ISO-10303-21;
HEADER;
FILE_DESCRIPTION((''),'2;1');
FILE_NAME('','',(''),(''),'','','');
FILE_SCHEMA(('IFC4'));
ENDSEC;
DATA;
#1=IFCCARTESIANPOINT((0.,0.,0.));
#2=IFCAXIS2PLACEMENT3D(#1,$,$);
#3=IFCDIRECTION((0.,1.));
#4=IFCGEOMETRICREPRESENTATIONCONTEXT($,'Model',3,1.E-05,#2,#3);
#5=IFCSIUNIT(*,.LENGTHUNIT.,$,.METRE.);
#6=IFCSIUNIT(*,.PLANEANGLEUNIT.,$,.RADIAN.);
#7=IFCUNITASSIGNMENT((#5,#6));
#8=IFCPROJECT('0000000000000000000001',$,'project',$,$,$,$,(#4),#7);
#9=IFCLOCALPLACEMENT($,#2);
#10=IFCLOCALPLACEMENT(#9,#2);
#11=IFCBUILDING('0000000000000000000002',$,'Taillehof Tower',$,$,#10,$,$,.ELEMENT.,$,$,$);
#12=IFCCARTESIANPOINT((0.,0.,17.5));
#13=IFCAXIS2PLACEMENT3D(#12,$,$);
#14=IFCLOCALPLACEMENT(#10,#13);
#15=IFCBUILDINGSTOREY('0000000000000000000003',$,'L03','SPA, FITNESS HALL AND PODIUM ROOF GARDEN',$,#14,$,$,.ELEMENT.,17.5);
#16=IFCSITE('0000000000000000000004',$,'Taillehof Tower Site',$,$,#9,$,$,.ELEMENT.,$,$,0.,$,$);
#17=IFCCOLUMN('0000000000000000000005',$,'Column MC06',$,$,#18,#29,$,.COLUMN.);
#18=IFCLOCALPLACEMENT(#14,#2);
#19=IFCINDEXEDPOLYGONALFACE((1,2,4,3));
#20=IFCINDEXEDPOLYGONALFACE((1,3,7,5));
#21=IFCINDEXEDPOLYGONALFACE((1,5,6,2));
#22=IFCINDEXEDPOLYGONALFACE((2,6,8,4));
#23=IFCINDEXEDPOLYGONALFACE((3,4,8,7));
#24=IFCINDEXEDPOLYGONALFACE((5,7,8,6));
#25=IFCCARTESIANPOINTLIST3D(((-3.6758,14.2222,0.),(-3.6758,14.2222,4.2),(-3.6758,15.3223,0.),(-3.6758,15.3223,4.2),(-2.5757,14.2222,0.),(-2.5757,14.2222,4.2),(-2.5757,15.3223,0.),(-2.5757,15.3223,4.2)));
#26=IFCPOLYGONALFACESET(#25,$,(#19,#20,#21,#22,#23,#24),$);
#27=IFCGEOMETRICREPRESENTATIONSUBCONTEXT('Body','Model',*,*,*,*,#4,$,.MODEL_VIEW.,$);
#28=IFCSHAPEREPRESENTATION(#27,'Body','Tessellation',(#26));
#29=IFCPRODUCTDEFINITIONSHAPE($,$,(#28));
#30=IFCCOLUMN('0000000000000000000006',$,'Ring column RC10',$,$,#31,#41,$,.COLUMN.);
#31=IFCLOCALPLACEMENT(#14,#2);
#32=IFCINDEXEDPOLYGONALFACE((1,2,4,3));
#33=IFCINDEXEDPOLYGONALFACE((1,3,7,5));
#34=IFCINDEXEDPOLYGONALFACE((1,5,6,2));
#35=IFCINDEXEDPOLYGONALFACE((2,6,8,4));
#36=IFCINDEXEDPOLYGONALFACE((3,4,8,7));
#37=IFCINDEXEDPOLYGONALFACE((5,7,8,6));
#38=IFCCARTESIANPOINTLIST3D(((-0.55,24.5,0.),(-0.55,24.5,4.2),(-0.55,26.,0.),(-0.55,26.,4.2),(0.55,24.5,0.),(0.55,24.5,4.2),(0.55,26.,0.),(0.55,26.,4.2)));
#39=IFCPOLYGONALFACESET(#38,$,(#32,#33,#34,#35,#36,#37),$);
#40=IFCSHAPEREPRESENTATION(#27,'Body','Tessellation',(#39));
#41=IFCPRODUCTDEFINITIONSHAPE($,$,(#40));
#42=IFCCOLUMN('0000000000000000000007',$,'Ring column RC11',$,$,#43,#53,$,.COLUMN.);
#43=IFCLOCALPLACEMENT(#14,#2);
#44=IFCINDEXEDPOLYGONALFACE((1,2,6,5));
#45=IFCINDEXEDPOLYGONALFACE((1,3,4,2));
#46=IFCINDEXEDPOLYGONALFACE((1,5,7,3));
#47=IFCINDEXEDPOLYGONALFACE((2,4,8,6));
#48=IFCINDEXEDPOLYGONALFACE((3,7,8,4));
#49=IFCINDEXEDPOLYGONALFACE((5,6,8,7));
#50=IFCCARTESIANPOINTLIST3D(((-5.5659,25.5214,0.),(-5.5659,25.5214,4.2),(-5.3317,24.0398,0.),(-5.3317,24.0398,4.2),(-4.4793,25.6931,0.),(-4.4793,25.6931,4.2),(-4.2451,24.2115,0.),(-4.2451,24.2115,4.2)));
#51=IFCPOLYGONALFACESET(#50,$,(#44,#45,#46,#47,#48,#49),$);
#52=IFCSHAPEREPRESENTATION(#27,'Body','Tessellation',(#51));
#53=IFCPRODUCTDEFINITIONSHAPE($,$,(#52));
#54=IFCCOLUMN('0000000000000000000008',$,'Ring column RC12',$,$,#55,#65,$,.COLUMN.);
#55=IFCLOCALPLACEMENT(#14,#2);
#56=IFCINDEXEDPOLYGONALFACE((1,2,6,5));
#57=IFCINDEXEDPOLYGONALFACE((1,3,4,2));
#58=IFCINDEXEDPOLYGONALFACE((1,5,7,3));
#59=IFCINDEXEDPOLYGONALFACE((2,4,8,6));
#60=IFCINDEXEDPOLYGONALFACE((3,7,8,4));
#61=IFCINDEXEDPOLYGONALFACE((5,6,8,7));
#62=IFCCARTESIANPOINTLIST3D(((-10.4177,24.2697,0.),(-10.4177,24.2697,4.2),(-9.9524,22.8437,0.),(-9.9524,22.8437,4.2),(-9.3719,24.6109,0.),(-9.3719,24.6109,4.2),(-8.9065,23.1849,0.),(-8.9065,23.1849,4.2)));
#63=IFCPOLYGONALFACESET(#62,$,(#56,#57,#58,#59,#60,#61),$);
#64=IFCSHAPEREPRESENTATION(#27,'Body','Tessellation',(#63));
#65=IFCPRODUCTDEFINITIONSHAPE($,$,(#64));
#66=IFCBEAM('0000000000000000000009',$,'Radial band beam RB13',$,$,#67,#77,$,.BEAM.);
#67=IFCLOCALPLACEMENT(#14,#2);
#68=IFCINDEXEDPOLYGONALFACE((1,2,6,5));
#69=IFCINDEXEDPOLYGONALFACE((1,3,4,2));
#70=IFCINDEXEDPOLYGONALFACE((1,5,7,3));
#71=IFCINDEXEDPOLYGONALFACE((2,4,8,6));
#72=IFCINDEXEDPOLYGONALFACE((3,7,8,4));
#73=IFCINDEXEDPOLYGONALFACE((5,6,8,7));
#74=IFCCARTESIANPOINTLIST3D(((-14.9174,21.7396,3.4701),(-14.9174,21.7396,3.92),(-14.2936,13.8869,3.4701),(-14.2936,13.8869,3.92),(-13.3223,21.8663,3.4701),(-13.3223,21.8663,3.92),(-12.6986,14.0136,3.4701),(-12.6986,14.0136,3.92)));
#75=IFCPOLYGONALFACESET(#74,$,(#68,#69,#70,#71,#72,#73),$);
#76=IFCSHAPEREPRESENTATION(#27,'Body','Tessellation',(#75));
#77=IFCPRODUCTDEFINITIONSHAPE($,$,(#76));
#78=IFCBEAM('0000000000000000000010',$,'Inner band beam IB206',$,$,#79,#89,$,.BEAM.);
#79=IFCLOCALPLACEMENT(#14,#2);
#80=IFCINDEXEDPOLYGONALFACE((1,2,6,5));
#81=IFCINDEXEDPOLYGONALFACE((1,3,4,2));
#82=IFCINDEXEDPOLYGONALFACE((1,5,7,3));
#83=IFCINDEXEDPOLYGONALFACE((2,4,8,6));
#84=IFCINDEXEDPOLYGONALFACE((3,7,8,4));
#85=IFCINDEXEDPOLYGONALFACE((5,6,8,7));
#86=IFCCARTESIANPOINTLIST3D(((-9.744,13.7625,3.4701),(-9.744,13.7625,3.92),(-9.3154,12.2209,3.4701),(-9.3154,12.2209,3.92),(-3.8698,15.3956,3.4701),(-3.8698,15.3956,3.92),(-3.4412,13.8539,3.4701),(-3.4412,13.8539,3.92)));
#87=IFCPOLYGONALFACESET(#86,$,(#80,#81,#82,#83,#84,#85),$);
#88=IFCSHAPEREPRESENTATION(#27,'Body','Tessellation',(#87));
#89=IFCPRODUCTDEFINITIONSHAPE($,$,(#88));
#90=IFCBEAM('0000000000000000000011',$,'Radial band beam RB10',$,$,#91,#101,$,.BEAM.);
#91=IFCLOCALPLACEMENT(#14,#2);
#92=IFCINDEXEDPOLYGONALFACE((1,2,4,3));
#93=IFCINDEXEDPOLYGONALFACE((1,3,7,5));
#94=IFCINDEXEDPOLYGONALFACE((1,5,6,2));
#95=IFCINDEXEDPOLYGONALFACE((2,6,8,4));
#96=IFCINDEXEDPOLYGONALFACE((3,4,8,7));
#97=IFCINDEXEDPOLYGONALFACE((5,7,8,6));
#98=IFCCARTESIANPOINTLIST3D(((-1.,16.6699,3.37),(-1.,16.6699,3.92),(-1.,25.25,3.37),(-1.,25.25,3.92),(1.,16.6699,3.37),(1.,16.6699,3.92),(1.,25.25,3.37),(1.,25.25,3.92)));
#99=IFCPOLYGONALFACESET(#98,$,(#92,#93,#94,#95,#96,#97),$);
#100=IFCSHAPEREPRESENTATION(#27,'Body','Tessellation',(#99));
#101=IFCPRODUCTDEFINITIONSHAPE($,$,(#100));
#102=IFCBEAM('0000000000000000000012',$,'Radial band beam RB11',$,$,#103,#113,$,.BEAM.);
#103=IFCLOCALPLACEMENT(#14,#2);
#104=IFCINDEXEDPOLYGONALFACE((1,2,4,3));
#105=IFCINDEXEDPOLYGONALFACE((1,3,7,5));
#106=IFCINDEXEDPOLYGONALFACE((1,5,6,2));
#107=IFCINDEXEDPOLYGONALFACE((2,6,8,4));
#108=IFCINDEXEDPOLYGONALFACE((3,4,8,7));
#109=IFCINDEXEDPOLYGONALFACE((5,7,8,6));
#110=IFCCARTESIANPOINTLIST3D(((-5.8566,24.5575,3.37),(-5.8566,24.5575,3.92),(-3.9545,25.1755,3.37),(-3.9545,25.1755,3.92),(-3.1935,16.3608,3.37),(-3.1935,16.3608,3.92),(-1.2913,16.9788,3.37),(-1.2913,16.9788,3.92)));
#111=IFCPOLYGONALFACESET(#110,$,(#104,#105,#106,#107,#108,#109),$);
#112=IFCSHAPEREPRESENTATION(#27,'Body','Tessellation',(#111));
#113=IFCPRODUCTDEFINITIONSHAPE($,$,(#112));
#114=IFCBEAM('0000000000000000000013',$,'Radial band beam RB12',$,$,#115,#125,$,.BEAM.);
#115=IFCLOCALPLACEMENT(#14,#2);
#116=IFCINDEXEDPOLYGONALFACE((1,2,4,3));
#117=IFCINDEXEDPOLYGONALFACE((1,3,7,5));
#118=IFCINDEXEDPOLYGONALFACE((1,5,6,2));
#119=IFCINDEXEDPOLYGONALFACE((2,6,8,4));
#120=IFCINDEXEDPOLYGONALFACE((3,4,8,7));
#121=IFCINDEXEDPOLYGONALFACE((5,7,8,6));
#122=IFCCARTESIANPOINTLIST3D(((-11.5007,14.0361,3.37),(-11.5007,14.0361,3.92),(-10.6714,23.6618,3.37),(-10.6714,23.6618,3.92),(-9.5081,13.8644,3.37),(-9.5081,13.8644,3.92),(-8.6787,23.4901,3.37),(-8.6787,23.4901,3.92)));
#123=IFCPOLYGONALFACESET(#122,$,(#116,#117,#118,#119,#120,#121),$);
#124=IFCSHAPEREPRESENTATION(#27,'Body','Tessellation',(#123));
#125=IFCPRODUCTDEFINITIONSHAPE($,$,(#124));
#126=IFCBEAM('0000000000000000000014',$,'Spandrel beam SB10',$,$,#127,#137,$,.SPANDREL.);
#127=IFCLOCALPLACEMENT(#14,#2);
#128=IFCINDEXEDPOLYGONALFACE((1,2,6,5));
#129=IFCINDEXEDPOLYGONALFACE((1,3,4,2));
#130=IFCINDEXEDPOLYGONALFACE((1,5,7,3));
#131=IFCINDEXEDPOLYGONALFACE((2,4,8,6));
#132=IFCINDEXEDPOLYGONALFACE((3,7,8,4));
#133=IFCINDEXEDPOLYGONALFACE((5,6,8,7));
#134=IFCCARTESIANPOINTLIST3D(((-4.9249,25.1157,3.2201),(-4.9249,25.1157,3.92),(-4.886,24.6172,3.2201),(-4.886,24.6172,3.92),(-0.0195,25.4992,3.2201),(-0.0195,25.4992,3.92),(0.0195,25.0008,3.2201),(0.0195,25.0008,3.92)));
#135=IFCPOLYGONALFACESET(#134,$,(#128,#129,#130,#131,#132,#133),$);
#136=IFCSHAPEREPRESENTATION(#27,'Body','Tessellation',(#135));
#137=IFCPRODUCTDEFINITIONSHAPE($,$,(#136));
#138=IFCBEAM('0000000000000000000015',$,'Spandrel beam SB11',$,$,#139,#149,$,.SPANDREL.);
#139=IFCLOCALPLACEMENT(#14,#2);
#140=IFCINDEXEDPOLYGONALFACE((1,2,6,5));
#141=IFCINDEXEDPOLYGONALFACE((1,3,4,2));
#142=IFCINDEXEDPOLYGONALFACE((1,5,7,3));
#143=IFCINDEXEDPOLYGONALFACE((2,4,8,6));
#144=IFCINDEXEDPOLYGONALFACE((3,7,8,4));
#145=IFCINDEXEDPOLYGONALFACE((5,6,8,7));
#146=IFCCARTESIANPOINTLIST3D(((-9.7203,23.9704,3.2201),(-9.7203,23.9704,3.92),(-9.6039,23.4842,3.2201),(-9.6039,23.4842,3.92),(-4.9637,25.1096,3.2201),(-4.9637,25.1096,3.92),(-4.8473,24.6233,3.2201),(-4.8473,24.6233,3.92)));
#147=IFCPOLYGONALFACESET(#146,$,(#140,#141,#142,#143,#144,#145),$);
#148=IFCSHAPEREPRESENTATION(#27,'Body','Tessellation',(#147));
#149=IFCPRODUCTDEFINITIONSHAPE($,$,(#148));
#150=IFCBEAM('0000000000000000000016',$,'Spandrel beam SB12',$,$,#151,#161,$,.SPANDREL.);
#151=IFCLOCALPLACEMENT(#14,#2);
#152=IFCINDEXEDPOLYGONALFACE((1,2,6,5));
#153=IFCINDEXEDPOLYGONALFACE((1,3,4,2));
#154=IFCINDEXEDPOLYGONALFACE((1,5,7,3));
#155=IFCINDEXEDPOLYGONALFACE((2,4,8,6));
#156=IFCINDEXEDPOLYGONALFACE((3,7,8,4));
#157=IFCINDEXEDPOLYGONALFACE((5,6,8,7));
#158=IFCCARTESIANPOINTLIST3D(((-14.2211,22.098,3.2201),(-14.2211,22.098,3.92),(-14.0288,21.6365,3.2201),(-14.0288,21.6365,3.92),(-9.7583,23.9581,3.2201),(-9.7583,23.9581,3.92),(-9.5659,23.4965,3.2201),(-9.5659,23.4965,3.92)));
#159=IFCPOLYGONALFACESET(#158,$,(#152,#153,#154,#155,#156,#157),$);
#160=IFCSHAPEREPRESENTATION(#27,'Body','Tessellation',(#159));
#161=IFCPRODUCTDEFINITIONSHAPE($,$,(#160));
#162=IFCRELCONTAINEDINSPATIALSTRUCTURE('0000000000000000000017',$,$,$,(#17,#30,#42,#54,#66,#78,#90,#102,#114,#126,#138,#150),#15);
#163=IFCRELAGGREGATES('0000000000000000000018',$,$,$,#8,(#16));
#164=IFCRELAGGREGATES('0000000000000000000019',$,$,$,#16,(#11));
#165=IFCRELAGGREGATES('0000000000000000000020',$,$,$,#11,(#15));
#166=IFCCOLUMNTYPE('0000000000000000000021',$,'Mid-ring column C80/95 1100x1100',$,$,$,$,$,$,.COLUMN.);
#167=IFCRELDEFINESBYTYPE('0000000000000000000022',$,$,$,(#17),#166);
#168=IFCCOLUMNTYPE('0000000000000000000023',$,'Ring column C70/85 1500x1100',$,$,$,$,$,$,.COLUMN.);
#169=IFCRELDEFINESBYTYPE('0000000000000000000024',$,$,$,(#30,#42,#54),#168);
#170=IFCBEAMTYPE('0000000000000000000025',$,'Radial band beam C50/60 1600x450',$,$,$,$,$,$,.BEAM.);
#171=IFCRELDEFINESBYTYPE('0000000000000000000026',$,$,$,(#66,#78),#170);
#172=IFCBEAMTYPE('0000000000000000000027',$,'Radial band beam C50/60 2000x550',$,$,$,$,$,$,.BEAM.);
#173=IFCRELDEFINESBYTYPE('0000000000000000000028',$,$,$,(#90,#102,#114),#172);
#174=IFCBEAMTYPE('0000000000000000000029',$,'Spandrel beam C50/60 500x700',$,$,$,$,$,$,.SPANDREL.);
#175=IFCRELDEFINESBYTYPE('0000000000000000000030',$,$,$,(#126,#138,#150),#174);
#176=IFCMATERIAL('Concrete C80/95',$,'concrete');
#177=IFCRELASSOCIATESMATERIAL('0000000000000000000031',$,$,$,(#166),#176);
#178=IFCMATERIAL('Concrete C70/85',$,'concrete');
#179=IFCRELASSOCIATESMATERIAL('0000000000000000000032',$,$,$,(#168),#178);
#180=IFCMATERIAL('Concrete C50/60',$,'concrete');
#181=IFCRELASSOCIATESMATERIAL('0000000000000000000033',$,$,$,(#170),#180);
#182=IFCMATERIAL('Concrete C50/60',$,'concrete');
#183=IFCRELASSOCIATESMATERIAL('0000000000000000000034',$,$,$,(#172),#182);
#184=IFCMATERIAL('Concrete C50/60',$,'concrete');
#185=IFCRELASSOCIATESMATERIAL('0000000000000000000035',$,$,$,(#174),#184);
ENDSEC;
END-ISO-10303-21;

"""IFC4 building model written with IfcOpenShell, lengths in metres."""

from ifc_helpers import new_model, si_unit, direction, frame, origin, origin_2d, place, context, subcontext, project, spatial, rectangle, extrude, material, material_profile, profile_set, type_object, element, save


model = new_model("IFC4")

# Units and contexts
model_context = context("Model", 3, precision=1e-05, world=origin(), true_north=direction((0.0, 1.0)))
body_context = subcontext(model_context, "Body", "Model", "MODEL_VIEW")
ifc_project = project(units=[si_unit("LENGTHUNIT", "METRE"), si_unit("PLANEANGLEUNIT", "RADIAN")], contexts=[model_context])

# Site, building, storey
site_placement = place(None, origin())
site = spatial("IfcSite", under=ifc_project, at=site_placement, Name="Taillehof Tower Site", CompositionType="ELEMENT", RefElevation=0.0)
building_placement = place(site_placement, origin())
building = spatial("IfcBuilding", under=site, at=building_placement, Name="Taillehof Tower", CompositionType="ELEMENT")
storey_placement = place(building_placement, frame((0.0, 0.0, 17.5)))
storey = spatial("IfcBuildingStorey", under=building, at=storey_placement, Name="L03", Description="SPA, FITNESS HALL AND PODIUM ROOF GARDEN", CompositionType="ELEMENT", Elevation=17.5)

# Columns
ifc_material_1 = material(Name="Concrete C80/95", Category="concrete")
ifc_material_profile_1 = material_profile(ifc_material_1, rectangle(XDim=1.1001, YDim=1.1001, at=origin_2d()), Name="RC 1100x1100")
ifc_profile_set_1 = profile_set([ifc_material_profile_1], Name="Concrete C80/95")
column_type_1 = type_object("IfcColumnType", Name="Mid-ring column C80/95 1100x1100", PredefinedType="COLUMN", material=ifc_profile_set_1)
column_placement = place(storey_placement, frame((-3.1257, 14.7722, 0.0), z_axis=(0.0, 0.0, 1.0), x_axis=(1.0, 0.0, 0.0)))
element("IfcColumn", 1, at=column_placement, inside=storey, type_object=column_type_1, Name="Column MC06", PredefinedType="COLUMN", context=body_context, shape_type="SweptSolid", body=[
    extrude(rectangle(XDim=1.1001, YDim=1.1001, at=origin_2d()), origin(), (0.0, 0.0, 1.0), 4.2),
])
ifc_material_2 = material(Name="Concrete C70/85", Category="concrete")
ifc_material_profile_2 = material_profile(ifc_material_2, rectangle(XDim=1.5, YDim=1.1001, at=origin_2d()), Name="RC 1500x1100")
ifc_profile_set_2 = profile_set([ifc_material_profile_2], Name="Concrete C70/85")
column_type_2 = type_object("IfcColumnType", Name="Ring column C70/85 1500x1100", PredefinedType="COLUMN", material=ifc_profile_set_2)
for number, where, z_axis, x_axis, name in (
    (2, (0.0, 25.25, 0.0), (0.0, 0.0, 1.0), (0.0, 1.0, 0.0), "Ring column RC10"),
    (3, (-4.9055, 24.8665, 0.0), (0.0, 0.0, 1.0), (-0.156147, 0.987734, 0.0), "Ring column RC11"),
    (4, (-9.6621, 23.7273, 0.0), (0.0, 0.0, 1.0), (-0.310219, 0.950665, 0.0), "Ring column RC12"),
):
    element("IfcColumn", number, at=place(storey_placement, frame(where, z_axis=z_axis, x_axis=x_axis)), inside=storey, type_object=column_type_2, Name=name, PredefinedType="COLUMN", context=body_context, shape_type="SweptSolid", body=[
        extrude(rectangle(XDim=1.5, YDim=1.1001, at=origin_2d()), origin(), (0.0, 0.0, 1.0), 4.2),
    ])

# Beams
ifc_material_3 = material(Name="Concrete C50/60", Category="concrete")
ifc_material_profile_3 = material_profile(ifc_material_3, rectangle(XDim=1.6001, YDim=0.45, at=origin_2d()), Name="RC 1600x450")
ifc_profile_set_3 = profile_set([ifc_material_profile_3], Name="Concrete C50/60")
beam_type_1 = type_object("IfcBeamType", Name="Radial band beam C50/60 1600x450", PredefinedType="BEAM", material=ifc_profile_set_3)
beam_1_placement = place(storey_placement, frame((-14.1199, 21.803, 3.6951), z_axis=(0.079185, -0.99686, 0.0), x_axis=(0.99686, 0.079185, 0.0)))
element("IfcBeam", 5, at=beam_1_placement, inside=storey, type_object=beam_type_1, Name="Radial band beam RB13", PredefinedType="BEAM", context=body_context, shape_type="SweptSolid", body=[
    extrude(rectangle(XDim=1.6001, YDim=0.45, at=origin_2d()), origin(), (0.0, 0.0, 1.0), 7.8774),
])
beam_2_placement = place(storey_placement, frame((-3.6555, 14.6248, 3.6951), z_axis=(-0.963459, -0.267855, 0.0), x_axis=(0.267855, -0.963459, 0.0)))
element("IfcBeam", 6, at=beam_2_placement, inside=storey, type_object=beam_type_1, Name="Inner band beam IB206", PredefinedType="BEAM", context=body_context, shape_type="SweptSolid", body=[
    extrude(rectangle(XDim=1.6001, YDim=0.45, at=origin_2d()), origin(), (0.0, 0.0, 1.0), 6.0969),
])
ifc_material_4 = material(Name="Concrete C50/60", Category="concrete")
ifc_material_profile_4 = material_profile(ifc_material_4, rectangle(XDim=2.0, YDim=0.55, at=origin_2d()), Name="RC 2000x550")
ifc_profile_set_4 = profile_set([ifc_material_profile_4], Name="Concrete C50/60")
beam_type_2 = type_object("IfcBeamType", Name="Radial band beam C50/60 2000x550", PredefinedType="BEAM", material=ifc_profile_set_4)
beam_3_placement = place(storey_placement, frame((0.0, 25.25, 3.645), z_axis=(0.0, -1.0, 0.0), x_axis=(1.0, 0.0, 0.0)))
element("IfcBeam", 7, at=beam_3_placement, inside=storey, type_object=beam_type_2, Name="Radial band beam RB10", PredefinedType="BEAM", context=body_context, shape_type="SweptSolid", body=[
    extrude(rectangle(XDim=2.0, YDim=0.55, at=origin_2d()), origin(), (0.0, 0.0, 1.0), 8.5801),
])
beam_4_placement = place(storey_placement, frame((-4.9055, 24.8665, 3.645), z_axis=(0.309003, -0.951061, 0.0), x_axis=(0.951061, 0.309003, 0.0)))
element("IfcBeam", 8, at=beam_4_placement, inside=storey, type_object=beam_type_2, Name="Radial band beam RB11", PredefinedType="BEAM", context=body_context, shape_type="SweptSolid", body=[
    extrude(rectangle(XDim=2.0, YDim=0.55, at=origin_2d()), origin(), (0.0, 0.0, 1.0), 8.6184),
])
beam_5_placement = place(storey_placement, frame((-9.675, 23.5759, 3.645), z_axis=(-0.085841, -0.996309, 0.0), x_axis=(0.996309, -0.085841, 0.0)))
element("IfcBeam", 9, at=beam_5_placement, inside=storey, type_object=beam_type_2, Name="Radial band beam RB12", PredefinedType="BEAM", context=body_context, shape_type="SweptSolid", body=[
    extrude(rectangle(XDim=2.0, YDim=0.55, at=origin_2d()), origin(), (0.0, 0.0, 1.0), 9.6614),
])
ifc_material_5 = material(Name="Concrete C50/60", Category="concrete")
ifc_material_profile_5 = material_profile(ifc_material_5, rectangle(XDim=0.5, YDim=0.7, at=origin_2d()), Name="RC 500x700")
ifc_profile_set_5 = profile_set([ifc_material_profile_5], Name="Concrete C50/60")
beam_type_3 = type_object("IfcBeamType", Name="Spandrel beam C50/60 500x700", PredefinedType="SPANDREL", material=ifc_profile_set_5)
beam_6_placement = place(storey_placement, frame((0.0, 25.25, 3.5701), z_axis=(-0.996957, -0.077949, 0.0), x_axis=(0.077949, -0.996957, 0.0)))
element("IfcBeam", 10, at=beam_6_placement, inside=storey, type_object=beam_type_3, Name="Spandrel beam SB10", PredefinedType="SPANDREL", context=body_context, shape_type="SweptSolid", body=[
    extrude(rectangle(XDim=0.5, YDim=0.7, at=origin_2d()), origin(), (0.0, 0.0, 1.0), 4.9204),
])
beam_7_placement = place(storey_placement, frame((-4.9055, 24.8665, 3.5701), z_axis=(-0.9725, -0.232905, 0.0), x_axis=(0.232905, -0.9725, 0.0)))
element("IfcBeam", 11, at=beam_7_placement, inside=storey, type_object=beam_type_3, Name="Spandrel beam SB11", PredefinedType="SPANDREL", context=body_context, shape_type="SweptSolid", body=[
    extrude(rectangle(XDim=0.5, YDim=0.7, at=origin_2d()), origin(), (0.0, 0.0, 1.0), 4.8911),
])
beam_8_placement = place(storey_placement, frame((-9.6621, 23.7273, 3.5701), z_axis=(-0.923035, -0.384716, 0.0), x_axis=(0.384716, -0.923035, 0.0)))
element("IfcBeam", 12, at=beam_8_placement, inside=storey, type_object=beam_type_3, Name="Spandrel beam SB12", PredefinedType="SPANDREL", context=body_context, shape_type="SweptSolid", body=[
    extrude(rectangle(XDim=0.5, YDim=0.7, at=origin_2d()), origin(), (0.0, 0.0, 1.0), 4.835),
])

save(model, "model.ifc")
